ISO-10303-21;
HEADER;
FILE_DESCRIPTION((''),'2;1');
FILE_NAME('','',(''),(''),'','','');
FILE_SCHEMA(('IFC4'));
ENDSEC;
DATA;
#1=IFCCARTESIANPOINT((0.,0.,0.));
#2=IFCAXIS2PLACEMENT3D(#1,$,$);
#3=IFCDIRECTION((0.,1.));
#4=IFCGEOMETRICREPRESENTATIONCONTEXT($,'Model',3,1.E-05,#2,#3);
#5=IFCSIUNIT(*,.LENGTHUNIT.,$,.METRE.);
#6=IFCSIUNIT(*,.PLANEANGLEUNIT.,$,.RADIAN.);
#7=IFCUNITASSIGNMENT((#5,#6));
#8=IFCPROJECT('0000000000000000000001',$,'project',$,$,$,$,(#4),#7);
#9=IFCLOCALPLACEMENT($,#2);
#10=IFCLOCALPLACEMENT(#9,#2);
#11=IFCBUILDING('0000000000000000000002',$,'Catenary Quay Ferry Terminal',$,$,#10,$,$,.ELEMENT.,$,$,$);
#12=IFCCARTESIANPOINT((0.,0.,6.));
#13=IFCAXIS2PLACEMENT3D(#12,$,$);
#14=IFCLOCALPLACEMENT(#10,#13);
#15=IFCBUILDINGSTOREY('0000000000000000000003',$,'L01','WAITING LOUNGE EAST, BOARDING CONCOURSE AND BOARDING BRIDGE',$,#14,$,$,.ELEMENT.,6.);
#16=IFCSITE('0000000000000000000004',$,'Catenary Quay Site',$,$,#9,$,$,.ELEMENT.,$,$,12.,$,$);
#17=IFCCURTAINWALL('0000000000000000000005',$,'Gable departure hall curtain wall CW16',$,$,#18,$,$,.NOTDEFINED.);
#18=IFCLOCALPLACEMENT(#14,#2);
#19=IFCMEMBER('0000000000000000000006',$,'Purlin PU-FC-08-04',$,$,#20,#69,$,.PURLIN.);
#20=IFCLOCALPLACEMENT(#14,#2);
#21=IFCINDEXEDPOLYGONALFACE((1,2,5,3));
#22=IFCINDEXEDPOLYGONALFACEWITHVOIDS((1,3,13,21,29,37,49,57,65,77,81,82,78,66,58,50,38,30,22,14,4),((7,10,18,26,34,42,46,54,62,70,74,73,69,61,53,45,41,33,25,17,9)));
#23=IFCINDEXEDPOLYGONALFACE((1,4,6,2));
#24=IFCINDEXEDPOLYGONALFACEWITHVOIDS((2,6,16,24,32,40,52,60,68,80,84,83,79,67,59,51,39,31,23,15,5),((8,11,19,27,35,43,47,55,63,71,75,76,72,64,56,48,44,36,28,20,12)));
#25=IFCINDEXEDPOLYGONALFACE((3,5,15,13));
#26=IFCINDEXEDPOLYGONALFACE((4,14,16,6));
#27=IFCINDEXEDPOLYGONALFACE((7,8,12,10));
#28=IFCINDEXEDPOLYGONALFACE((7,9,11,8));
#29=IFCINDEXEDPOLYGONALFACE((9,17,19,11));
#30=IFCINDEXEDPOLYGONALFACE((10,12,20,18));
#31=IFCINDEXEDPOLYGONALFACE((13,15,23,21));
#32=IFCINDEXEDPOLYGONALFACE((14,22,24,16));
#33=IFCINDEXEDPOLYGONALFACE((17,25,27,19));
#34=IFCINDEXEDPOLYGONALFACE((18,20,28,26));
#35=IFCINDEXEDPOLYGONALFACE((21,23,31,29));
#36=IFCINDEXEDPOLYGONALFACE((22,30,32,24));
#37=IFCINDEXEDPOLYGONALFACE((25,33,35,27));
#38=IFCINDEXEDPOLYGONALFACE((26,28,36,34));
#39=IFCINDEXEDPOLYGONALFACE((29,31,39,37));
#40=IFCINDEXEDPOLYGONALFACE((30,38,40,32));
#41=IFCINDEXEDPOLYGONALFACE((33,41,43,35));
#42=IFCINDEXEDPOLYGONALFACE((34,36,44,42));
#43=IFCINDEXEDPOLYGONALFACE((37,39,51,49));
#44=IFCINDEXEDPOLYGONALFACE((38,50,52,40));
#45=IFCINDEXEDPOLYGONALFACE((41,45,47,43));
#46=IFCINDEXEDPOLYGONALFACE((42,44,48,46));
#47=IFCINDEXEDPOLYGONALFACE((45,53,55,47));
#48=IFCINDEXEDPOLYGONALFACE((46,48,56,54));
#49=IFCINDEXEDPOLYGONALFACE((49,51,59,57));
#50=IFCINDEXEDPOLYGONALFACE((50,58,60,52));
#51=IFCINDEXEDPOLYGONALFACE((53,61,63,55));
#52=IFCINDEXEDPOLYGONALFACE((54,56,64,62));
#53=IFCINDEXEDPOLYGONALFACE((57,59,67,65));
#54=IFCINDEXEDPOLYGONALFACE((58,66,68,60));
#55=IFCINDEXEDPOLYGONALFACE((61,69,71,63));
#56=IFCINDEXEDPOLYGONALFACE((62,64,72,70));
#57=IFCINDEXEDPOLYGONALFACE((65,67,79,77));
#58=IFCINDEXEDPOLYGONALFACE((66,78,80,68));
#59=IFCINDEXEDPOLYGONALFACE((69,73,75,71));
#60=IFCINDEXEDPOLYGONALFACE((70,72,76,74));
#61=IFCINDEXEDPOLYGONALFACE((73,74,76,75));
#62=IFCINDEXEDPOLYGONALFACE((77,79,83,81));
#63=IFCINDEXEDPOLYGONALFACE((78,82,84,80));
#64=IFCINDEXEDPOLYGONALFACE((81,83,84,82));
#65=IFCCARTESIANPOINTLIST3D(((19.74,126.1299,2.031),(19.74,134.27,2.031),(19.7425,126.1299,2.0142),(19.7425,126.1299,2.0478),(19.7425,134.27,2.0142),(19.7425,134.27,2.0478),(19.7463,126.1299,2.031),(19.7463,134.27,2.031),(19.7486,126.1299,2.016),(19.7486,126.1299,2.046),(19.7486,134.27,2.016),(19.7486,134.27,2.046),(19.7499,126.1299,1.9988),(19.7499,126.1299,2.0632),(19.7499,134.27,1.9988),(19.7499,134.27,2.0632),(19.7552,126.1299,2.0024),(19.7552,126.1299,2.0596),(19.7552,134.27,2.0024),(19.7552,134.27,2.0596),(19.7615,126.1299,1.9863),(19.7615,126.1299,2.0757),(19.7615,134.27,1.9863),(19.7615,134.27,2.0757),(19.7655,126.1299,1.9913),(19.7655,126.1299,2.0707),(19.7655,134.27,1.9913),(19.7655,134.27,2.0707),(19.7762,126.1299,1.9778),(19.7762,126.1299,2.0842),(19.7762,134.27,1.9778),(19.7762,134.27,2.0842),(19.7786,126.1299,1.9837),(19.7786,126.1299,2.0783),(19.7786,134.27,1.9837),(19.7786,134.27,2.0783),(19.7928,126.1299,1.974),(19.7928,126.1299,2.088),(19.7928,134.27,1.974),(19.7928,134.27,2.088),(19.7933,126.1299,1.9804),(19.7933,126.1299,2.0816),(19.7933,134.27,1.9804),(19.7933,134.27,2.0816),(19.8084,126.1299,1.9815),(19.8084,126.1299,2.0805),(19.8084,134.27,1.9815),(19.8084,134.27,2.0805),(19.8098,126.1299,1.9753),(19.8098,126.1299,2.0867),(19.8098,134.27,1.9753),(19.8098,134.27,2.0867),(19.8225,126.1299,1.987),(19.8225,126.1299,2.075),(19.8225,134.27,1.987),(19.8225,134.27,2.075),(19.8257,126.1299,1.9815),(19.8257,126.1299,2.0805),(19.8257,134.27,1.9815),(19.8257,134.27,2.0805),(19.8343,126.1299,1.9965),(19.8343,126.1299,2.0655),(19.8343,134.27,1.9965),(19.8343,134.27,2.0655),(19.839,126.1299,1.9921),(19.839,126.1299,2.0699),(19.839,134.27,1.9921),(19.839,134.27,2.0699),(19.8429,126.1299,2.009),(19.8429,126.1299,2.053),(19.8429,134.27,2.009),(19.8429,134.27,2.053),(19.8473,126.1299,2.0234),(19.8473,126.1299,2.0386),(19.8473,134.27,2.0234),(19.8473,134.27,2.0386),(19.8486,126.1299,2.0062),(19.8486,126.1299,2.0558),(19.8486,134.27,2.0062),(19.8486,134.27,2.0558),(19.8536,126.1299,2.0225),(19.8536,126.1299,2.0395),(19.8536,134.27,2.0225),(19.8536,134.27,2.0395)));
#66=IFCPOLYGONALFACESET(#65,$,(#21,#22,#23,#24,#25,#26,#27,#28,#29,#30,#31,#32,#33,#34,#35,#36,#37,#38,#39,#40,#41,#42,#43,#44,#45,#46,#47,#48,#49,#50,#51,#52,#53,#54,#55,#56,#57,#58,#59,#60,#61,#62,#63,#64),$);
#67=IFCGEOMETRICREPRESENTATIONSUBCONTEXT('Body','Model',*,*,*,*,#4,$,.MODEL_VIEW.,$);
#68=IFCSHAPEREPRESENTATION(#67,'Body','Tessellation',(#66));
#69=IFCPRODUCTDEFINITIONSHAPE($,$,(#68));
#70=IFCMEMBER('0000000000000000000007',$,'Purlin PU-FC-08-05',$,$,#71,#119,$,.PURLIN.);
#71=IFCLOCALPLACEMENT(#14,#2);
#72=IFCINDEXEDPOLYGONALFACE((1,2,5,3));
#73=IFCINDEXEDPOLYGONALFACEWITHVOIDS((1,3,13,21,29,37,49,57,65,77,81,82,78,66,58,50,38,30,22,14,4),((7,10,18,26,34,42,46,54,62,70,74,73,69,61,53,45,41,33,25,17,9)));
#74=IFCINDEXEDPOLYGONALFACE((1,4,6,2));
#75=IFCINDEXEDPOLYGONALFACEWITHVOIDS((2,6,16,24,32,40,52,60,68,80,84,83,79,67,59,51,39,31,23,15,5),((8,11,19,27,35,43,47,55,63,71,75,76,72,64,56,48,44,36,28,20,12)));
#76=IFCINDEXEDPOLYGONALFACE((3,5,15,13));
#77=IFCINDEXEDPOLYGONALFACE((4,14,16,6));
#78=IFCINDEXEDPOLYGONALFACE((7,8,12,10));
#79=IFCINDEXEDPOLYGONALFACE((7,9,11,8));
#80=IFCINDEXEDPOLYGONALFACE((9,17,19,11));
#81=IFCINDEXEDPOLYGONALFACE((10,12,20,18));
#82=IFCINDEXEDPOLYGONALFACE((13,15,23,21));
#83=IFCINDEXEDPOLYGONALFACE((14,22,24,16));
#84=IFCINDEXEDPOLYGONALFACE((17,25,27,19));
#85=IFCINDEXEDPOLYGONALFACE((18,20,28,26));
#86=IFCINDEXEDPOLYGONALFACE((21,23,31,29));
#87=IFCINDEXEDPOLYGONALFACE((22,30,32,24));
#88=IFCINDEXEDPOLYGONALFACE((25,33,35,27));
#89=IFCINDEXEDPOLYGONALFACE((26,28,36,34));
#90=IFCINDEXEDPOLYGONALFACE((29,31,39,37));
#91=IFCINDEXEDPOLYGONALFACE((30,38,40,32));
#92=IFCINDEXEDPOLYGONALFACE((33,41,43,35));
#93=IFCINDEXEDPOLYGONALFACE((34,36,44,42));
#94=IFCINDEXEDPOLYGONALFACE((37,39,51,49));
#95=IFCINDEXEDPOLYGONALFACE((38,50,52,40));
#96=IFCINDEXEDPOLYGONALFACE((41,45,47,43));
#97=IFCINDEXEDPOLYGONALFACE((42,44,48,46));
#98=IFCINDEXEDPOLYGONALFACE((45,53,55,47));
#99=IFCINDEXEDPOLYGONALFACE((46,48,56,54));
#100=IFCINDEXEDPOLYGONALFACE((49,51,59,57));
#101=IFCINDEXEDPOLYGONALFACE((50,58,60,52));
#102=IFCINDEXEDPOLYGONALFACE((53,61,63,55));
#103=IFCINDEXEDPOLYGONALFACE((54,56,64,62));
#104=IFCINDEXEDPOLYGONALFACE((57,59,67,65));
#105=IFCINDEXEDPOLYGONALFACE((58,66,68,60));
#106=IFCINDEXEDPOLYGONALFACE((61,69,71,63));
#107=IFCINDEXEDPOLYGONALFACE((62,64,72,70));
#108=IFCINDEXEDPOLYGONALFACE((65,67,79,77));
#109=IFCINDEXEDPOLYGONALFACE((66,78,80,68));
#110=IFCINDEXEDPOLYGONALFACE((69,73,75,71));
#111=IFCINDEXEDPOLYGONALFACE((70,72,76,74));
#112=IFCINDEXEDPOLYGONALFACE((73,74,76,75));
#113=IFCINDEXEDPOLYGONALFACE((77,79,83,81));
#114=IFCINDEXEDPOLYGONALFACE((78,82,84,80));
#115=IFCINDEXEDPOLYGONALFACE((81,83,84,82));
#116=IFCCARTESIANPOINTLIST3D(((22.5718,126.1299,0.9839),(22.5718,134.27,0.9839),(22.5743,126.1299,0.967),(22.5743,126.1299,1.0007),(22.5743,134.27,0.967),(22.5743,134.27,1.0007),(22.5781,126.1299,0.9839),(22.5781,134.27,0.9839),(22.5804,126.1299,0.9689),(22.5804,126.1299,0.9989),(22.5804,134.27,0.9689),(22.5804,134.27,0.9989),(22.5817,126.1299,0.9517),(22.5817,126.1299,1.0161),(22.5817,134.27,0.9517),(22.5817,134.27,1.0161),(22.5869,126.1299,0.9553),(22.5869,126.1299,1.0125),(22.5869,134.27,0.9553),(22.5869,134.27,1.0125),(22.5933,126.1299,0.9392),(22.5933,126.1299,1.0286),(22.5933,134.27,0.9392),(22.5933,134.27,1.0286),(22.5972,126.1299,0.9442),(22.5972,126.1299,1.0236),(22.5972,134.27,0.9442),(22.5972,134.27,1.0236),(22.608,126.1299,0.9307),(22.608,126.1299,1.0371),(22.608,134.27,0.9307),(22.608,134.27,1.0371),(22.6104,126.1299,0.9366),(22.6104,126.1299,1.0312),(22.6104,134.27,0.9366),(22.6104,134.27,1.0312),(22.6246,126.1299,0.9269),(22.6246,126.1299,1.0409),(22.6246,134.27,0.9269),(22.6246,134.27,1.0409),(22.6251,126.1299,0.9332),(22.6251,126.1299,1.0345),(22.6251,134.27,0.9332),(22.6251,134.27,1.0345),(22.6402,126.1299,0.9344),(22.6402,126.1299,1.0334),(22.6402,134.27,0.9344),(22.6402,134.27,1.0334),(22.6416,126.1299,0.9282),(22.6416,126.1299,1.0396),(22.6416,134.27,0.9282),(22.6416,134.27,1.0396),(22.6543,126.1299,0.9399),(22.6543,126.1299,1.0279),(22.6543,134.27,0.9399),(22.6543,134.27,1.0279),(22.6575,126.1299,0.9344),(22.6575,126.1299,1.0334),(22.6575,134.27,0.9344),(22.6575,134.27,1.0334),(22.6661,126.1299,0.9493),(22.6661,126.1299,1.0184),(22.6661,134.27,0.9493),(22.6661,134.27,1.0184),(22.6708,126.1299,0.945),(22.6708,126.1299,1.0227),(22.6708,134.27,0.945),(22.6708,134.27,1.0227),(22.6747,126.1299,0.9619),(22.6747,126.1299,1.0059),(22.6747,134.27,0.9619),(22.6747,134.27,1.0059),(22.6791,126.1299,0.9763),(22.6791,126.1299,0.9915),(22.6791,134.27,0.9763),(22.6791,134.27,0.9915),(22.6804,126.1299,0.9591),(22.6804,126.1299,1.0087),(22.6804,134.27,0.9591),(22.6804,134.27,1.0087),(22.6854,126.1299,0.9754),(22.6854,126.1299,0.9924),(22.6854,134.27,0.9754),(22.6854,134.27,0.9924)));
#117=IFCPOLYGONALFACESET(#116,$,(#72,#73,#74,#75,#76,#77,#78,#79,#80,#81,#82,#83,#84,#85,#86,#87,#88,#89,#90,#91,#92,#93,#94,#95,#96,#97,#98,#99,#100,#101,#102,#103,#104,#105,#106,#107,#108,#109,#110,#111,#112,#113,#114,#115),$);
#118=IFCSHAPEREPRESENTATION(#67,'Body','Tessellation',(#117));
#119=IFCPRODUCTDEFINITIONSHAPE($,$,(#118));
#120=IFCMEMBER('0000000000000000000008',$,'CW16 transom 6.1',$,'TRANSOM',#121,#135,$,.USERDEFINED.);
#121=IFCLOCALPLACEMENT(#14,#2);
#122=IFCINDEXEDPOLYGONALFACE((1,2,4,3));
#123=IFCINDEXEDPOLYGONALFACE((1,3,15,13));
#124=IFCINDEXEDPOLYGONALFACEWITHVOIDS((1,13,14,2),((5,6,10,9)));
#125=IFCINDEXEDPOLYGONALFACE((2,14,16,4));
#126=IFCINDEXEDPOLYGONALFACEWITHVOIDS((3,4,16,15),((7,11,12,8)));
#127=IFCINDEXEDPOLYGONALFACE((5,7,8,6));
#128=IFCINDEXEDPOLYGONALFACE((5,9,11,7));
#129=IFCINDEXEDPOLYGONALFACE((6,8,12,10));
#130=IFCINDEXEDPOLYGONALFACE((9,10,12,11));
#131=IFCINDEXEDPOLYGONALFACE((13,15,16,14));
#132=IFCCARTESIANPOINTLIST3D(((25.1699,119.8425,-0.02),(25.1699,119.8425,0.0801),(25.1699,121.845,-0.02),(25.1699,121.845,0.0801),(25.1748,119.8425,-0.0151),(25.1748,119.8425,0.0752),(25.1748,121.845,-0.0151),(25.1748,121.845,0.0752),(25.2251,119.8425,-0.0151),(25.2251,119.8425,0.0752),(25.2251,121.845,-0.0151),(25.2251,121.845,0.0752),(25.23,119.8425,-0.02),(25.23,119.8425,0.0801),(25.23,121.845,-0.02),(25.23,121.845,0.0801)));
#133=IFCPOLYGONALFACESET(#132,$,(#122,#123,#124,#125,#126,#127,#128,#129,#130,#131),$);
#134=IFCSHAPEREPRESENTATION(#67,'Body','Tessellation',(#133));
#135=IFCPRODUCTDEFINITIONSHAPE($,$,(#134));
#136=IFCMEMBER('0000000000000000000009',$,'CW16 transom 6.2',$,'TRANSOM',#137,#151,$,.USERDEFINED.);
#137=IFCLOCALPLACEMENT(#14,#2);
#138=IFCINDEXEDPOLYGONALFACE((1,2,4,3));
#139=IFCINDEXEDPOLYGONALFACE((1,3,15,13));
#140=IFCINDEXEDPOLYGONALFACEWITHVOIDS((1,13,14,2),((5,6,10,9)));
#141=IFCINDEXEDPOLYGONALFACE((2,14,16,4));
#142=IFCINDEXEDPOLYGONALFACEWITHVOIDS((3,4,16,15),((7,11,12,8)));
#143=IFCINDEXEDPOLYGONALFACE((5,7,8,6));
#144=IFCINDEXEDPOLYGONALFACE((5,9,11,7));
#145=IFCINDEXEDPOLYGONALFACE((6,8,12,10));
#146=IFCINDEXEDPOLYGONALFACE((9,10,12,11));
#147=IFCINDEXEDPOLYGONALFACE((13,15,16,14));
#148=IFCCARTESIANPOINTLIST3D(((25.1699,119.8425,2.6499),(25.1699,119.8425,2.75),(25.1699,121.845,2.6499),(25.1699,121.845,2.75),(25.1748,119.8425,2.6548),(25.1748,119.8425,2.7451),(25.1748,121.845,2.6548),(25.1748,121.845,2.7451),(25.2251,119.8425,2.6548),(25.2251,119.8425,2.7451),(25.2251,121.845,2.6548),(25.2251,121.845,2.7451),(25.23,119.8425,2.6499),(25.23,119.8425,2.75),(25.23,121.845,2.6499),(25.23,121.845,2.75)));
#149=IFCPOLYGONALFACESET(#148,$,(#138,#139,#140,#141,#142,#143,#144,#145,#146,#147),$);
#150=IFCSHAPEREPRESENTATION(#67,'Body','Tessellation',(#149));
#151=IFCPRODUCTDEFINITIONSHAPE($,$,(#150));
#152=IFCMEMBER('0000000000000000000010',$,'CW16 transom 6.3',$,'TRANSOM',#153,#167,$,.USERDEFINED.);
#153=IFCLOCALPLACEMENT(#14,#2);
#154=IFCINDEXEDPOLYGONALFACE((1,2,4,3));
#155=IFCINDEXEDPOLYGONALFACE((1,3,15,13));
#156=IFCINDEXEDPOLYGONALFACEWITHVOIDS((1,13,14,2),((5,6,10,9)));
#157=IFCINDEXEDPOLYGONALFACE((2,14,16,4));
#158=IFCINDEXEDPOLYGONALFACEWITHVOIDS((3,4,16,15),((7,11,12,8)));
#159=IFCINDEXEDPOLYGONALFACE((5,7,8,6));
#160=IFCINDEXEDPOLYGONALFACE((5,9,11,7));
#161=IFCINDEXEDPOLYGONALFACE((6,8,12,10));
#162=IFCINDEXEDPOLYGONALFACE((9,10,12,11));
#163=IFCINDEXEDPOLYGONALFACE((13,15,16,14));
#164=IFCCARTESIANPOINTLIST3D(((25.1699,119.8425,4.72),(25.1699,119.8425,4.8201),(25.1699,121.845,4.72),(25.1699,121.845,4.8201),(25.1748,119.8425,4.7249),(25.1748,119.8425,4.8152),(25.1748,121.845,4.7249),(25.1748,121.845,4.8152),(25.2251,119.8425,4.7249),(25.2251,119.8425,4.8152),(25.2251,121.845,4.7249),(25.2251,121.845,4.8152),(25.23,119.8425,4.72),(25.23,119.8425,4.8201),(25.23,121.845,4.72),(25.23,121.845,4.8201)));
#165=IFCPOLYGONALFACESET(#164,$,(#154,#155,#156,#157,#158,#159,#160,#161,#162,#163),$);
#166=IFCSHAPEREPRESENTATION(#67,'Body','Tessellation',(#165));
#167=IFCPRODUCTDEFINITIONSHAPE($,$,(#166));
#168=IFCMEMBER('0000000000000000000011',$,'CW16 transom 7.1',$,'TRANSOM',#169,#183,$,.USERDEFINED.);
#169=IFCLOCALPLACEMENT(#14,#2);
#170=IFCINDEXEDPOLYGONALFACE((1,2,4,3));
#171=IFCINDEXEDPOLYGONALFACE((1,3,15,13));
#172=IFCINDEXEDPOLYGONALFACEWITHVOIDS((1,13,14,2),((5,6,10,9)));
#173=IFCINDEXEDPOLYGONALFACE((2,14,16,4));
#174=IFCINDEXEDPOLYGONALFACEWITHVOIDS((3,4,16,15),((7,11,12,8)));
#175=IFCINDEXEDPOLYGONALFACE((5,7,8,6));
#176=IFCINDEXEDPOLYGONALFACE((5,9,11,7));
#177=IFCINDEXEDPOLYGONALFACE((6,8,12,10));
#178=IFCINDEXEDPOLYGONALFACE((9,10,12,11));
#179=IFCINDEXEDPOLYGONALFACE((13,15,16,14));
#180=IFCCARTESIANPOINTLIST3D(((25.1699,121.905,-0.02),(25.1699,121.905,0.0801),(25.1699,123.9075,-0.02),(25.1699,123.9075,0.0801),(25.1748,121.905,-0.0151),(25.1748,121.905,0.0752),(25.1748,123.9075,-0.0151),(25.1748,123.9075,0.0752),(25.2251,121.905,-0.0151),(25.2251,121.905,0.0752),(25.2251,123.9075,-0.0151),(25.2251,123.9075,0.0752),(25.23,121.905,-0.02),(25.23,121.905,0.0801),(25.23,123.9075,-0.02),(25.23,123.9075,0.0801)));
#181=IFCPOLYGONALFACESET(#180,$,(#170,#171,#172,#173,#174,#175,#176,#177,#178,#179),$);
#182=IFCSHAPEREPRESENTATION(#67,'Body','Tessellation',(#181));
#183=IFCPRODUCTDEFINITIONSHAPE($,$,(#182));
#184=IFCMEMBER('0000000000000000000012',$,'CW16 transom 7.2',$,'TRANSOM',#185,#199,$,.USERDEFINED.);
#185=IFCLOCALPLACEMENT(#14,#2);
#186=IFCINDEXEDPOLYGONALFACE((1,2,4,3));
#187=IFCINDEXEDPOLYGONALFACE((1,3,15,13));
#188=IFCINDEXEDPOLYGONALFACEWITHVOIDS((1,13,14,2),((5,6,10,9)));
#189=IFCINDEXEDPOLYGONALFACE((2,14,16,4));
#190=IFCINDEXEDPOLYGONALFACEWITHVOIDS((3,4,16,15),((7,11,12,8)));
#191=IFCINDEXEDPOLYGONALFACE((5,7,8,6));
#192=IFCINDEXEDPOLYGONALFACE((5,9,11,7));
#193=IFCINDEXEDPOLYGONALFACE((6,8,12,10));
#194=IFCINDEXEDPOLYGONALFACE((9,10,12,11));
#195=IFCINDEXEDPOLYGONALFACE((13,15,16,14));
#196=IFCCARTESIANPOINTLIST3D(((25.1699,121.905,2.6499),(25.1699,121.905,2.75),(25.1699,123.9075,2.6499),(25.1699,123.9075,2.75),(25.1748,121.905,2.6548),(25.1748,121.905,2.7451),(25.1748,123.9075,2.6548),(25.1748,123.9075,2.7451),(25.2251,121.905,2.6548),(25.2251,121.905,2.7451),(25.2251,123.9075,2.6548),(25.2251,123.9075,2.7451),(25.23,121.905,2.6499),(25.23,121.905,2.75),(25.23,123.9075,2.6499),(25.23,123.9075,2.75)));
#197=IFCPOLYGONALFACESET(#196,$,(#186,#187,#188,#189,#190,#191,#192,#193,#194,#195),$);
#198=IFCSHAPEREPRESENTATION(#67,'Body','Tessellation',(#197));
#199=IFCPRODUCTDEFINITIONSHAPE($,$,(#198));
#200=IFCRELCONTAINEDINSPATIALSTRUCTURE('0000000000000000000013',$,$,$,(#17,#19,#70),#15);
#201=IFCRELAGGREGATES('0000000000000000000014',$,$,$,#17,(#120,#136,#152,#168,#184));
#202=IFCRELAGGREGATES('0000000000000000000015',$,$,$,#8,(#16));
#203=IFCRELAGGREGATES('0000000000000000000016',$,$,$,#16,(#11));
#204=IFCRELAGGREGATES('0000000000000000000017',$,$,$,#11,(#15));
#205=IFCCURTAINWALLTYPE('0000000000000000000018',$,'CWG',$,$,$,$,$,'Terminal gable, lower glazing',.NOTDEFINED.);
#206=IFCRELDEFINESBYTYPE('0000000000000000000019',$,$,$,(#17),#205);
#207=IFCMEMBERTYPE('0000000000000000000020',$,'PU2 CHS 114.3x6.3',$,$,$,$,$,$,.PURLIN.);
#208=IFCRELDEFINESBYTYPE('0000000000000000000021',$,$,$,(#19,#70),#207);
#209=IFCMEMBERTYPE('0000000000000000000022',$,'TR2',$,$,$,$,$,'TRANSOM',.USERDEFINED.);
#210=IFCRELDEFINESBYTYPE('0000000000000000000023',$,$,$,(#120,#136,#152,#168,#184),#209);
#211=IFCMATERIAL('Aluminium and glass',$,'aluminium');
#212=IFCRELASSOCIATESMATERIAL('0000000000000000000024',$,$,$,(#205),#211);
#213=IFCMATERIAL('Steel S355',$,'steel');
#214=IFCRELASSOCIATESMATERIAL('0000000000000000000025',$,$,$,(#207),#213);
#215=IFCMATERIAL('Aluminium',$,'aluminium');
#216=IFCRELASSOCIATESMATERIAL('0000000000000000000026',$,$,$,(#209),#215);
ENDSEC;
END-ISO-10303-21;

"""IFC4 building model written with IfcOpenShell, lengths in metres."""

from ifc_helpers import new_model, si_unit, direction, frame, origin, origin_2d, place, context, subcontext, project, spatial, hollow_rectangle, hollow_circle, extrude, material, material_profile, profile_set, type_object, element, aggregate, save


model = new_model("IFC4")

# Units and contexts
model_context = context("Model", 3, precision=1e-05, world=origin(), true_north=direction((0.0, 1.0)))
body_context = subcontext(model_context, "Body", "Model", "MODEL_VIEW")
ifc_project = project(units=[si_unit("LENGTHUNIT", "METRE"), si_unit("PLANEANGLEUNIT", "RADIAN")], contexts=[model_context])

# Site, building, storey
site_placement = place(None, origin())
site = spatial("IfcSite", under=ifc_project, at=site_placement, Name="Catenary Quay Site", CompositionType="ELEMENT", RefElevation=12.0)
building_placement = place(site_placement, origin())
building = spatial("IfcBuilding", under=site, at=building_placement, Name="Catenary Quay Ferry Terminal", CompositionType="ELEMENT")
storey_placement = place(building_placement, frame((0.0, 0.0, 6.0)))
storey = spatial("IfcBuildingStorey", under=building, at=storey_placement, Name="L01", Description="WAITING LOUNGE EAST, BOARDING CONCOURSE AND BOARDING BRIDGE", CompositionType="ELEMENT", Elevation=6.0)

# Curtain wall
ifc_material_1 = material(Name="Aluminium and glass", Category="aluminium")
curtain_wall_type = type_object("IfcCurtainWallType", Name="CWG", ElementType="Terminal gable, lower glazing", PredefinedType="NOTDEFINED", material=ifc_material_1)
curtain_wall_placement = place(storey_placement, origin())
curtain_wall = element("IfcCurtainWall", 1, at=curtain_wall_placement, inside=storey, type_object=curtain_wall_type, Name="Gable departure hall curtain wall CW16", PredefinedType="NOTDEFINED")

# Members
ifc_material_2 = material(Name="Steel S355", Category="steel")
ifc_material_profile_1 = material_profile(ifc_material_2, hollow_circle(Radius=0.0571, WallThickness=0.0063, at=origin_2d()), Name="CHS 114.3x6.3")
ifc_profile_set_1 = profile_set([ifc_material_profile_1], Name="Steel S355")
member_type_1 = type_object("IfcMemberType", Name="PU2 CHS 114.3x6.3", PredefinedType="PURLIN", material=ifc_profile_set_1)
for number, where, z_axis, x_axis, name in (
    (2, (19.7971, 126.1299, 2.031), (0.0, 1.0, 0.0), (-1.0, 0.0, 0.0), "Purlin PU-FC-08-04"),
    (3, (22.6289, 126.1299, 0.9839), (0.0, 1.0, 0.0), (-1.0, 0.0, 0.0), "Purlin PU-FC-08-05"),
):
    element("IfcMember", number, at=place(storey_placement, frame(where, z_axis=z_axis, x_axis=x_axis)), inside=storey, type_object=member_type_1, Name=name, PredefinedType="PURLIN", context=body_context, shape_type="SweptSolid", body=[
        extrude(hollow_circle(Radius=0.0571, WallThickness=0.0063, at=origin_2d()), origin(), (0.0, 0.0, 1.0), 8.1401),
    ])

# Members
ifc_material_3 = material(Name="Aluminium", Category="aluminium")
ifc_material_profile_2 = material_profile(ifc_material_3, hollow_rectangle(XDim=0.0601, YDim=0.1001, WallThickness=0.0049, at=origin_2d()), Name="TR2")
ifc_profile_set_2 = profile_set([ifc_material_profile_2], Name="Aluminium")
member_type_2 = type_object("IfcMemberType", Name="TR2", ElementType="TRANSOM", PredefinedType="USERDEFINED", material=ifc_profile_set_2)
member_1_placement = place(storey_placement, frame((25.2, 119.8425, 0.03), z_axis=(0.0, 1.0, 0.0), x_axis=(-1.0, 0.0, 0.0)))
member_1 = element("IfcMember", 4, at=member_1_placement, type_object=member_type_2, Name="CW16 transom 6.1", ObjectType="TRANSOM", PredefinedType="USERDEFINED", context=body_context, shape_type="SweptSolid", body=[
    extrude(hollow_rectangle(XDim=0.0601, YDim=0.1001, WallThickness=0.0049, at=origin_2d()), origin(), (0.0, 0.0, 1.0), 2.0024),
])
member_2_placement = place(storey_placement, frame((25.2, 119.8425, 2.7), z_axis=(0.0, 1.0, 0.0), x_axis=(-1.0, 0.0, 0.0)))
member_2 = element("IfcMember", 5, at=member_2_placement, type_object=member_type_2, Name="CW16 transom 6.2", ObjectType="TRANSOM", PredefinedType="USERDEFINED", context=body_context, shape_type="SweptSolid", body=[
    extrude(hollow_rectangle(XDim=0.0601, YDim=0.1001, WallThickness=0.0049, at=origin_2d()), origin(), (0.0, 0.0, 1.0), 2.0024),
])
member_3_placement = place(storey_placement, frame((25.2, 119.8425, 4.77), z_axis=(0.0, 1.0, 0.0), x_axis=(-1.0, 0.0, 0.0)))
member_3 = element("IfcMember", 6, at=member_3_placement, type_object=member_type_2, Name="CW16 transom 6.3", ObjectType="TRANSOM", PredefinedType="USERDEFINED", context=body_context, shape_type="SweptSolid", body=[
    extrude(hollow_rectangle(XDim=0.0601, YDim=0.1001, WallThickness=0.0049, at=origin_2d()), origin(), (0.0, 0.0, 1.0), 2.0024),
])
member_4_placement = place(storey_placement, frame((25.2, 121.905, 0.03), z_axis=(0.0, 1.0, 0.0), x_axis=(-1.0, 0.0, 0.0)))
member_4 = element("IfcMember", 7, at=member_4_placement, type_object=member_type_2, Name="CW16 transom 7.1", ObjectType="TRANSOM", PredefinedType="USERDEFINED", context=body_context, shape_type="SweptSolid", body=[
    extrude(hollow_rectangle(XDim=0.0601, YDim=0.1001, WallThickness=0.0049, at=origin_2d()), origin(), (0.0, 0.0, 1.0), 2.0024),
])
member_5_placement = place(storey_placement, frame((25.2, 121.905, 2.7), z_axis=(0.0, 1.0, 0.0), x_axis=(-1.0, 0.0, 0.0)))
member_5 = element("IfcMember", 8, at=member_5_placement, type_object=member_type_2, Name="CW16 transom 7.2", ObjectType="TRANSOM", PredefinedType="USERDEFINED", context=body_context, shape_type="SweptSolid", body=[
    extrude(hollow_rectangle(XDim=0.0601, YDim=0.1001, WallThickness=0.0049, at=origin_2d()), origin(), (0.0, 0.0, 1.0), 2.0024),
])

aggregate(curtain_wall, [member_1, member_2, member_3, member_4, member_5])

save(model, "model.ifc")
